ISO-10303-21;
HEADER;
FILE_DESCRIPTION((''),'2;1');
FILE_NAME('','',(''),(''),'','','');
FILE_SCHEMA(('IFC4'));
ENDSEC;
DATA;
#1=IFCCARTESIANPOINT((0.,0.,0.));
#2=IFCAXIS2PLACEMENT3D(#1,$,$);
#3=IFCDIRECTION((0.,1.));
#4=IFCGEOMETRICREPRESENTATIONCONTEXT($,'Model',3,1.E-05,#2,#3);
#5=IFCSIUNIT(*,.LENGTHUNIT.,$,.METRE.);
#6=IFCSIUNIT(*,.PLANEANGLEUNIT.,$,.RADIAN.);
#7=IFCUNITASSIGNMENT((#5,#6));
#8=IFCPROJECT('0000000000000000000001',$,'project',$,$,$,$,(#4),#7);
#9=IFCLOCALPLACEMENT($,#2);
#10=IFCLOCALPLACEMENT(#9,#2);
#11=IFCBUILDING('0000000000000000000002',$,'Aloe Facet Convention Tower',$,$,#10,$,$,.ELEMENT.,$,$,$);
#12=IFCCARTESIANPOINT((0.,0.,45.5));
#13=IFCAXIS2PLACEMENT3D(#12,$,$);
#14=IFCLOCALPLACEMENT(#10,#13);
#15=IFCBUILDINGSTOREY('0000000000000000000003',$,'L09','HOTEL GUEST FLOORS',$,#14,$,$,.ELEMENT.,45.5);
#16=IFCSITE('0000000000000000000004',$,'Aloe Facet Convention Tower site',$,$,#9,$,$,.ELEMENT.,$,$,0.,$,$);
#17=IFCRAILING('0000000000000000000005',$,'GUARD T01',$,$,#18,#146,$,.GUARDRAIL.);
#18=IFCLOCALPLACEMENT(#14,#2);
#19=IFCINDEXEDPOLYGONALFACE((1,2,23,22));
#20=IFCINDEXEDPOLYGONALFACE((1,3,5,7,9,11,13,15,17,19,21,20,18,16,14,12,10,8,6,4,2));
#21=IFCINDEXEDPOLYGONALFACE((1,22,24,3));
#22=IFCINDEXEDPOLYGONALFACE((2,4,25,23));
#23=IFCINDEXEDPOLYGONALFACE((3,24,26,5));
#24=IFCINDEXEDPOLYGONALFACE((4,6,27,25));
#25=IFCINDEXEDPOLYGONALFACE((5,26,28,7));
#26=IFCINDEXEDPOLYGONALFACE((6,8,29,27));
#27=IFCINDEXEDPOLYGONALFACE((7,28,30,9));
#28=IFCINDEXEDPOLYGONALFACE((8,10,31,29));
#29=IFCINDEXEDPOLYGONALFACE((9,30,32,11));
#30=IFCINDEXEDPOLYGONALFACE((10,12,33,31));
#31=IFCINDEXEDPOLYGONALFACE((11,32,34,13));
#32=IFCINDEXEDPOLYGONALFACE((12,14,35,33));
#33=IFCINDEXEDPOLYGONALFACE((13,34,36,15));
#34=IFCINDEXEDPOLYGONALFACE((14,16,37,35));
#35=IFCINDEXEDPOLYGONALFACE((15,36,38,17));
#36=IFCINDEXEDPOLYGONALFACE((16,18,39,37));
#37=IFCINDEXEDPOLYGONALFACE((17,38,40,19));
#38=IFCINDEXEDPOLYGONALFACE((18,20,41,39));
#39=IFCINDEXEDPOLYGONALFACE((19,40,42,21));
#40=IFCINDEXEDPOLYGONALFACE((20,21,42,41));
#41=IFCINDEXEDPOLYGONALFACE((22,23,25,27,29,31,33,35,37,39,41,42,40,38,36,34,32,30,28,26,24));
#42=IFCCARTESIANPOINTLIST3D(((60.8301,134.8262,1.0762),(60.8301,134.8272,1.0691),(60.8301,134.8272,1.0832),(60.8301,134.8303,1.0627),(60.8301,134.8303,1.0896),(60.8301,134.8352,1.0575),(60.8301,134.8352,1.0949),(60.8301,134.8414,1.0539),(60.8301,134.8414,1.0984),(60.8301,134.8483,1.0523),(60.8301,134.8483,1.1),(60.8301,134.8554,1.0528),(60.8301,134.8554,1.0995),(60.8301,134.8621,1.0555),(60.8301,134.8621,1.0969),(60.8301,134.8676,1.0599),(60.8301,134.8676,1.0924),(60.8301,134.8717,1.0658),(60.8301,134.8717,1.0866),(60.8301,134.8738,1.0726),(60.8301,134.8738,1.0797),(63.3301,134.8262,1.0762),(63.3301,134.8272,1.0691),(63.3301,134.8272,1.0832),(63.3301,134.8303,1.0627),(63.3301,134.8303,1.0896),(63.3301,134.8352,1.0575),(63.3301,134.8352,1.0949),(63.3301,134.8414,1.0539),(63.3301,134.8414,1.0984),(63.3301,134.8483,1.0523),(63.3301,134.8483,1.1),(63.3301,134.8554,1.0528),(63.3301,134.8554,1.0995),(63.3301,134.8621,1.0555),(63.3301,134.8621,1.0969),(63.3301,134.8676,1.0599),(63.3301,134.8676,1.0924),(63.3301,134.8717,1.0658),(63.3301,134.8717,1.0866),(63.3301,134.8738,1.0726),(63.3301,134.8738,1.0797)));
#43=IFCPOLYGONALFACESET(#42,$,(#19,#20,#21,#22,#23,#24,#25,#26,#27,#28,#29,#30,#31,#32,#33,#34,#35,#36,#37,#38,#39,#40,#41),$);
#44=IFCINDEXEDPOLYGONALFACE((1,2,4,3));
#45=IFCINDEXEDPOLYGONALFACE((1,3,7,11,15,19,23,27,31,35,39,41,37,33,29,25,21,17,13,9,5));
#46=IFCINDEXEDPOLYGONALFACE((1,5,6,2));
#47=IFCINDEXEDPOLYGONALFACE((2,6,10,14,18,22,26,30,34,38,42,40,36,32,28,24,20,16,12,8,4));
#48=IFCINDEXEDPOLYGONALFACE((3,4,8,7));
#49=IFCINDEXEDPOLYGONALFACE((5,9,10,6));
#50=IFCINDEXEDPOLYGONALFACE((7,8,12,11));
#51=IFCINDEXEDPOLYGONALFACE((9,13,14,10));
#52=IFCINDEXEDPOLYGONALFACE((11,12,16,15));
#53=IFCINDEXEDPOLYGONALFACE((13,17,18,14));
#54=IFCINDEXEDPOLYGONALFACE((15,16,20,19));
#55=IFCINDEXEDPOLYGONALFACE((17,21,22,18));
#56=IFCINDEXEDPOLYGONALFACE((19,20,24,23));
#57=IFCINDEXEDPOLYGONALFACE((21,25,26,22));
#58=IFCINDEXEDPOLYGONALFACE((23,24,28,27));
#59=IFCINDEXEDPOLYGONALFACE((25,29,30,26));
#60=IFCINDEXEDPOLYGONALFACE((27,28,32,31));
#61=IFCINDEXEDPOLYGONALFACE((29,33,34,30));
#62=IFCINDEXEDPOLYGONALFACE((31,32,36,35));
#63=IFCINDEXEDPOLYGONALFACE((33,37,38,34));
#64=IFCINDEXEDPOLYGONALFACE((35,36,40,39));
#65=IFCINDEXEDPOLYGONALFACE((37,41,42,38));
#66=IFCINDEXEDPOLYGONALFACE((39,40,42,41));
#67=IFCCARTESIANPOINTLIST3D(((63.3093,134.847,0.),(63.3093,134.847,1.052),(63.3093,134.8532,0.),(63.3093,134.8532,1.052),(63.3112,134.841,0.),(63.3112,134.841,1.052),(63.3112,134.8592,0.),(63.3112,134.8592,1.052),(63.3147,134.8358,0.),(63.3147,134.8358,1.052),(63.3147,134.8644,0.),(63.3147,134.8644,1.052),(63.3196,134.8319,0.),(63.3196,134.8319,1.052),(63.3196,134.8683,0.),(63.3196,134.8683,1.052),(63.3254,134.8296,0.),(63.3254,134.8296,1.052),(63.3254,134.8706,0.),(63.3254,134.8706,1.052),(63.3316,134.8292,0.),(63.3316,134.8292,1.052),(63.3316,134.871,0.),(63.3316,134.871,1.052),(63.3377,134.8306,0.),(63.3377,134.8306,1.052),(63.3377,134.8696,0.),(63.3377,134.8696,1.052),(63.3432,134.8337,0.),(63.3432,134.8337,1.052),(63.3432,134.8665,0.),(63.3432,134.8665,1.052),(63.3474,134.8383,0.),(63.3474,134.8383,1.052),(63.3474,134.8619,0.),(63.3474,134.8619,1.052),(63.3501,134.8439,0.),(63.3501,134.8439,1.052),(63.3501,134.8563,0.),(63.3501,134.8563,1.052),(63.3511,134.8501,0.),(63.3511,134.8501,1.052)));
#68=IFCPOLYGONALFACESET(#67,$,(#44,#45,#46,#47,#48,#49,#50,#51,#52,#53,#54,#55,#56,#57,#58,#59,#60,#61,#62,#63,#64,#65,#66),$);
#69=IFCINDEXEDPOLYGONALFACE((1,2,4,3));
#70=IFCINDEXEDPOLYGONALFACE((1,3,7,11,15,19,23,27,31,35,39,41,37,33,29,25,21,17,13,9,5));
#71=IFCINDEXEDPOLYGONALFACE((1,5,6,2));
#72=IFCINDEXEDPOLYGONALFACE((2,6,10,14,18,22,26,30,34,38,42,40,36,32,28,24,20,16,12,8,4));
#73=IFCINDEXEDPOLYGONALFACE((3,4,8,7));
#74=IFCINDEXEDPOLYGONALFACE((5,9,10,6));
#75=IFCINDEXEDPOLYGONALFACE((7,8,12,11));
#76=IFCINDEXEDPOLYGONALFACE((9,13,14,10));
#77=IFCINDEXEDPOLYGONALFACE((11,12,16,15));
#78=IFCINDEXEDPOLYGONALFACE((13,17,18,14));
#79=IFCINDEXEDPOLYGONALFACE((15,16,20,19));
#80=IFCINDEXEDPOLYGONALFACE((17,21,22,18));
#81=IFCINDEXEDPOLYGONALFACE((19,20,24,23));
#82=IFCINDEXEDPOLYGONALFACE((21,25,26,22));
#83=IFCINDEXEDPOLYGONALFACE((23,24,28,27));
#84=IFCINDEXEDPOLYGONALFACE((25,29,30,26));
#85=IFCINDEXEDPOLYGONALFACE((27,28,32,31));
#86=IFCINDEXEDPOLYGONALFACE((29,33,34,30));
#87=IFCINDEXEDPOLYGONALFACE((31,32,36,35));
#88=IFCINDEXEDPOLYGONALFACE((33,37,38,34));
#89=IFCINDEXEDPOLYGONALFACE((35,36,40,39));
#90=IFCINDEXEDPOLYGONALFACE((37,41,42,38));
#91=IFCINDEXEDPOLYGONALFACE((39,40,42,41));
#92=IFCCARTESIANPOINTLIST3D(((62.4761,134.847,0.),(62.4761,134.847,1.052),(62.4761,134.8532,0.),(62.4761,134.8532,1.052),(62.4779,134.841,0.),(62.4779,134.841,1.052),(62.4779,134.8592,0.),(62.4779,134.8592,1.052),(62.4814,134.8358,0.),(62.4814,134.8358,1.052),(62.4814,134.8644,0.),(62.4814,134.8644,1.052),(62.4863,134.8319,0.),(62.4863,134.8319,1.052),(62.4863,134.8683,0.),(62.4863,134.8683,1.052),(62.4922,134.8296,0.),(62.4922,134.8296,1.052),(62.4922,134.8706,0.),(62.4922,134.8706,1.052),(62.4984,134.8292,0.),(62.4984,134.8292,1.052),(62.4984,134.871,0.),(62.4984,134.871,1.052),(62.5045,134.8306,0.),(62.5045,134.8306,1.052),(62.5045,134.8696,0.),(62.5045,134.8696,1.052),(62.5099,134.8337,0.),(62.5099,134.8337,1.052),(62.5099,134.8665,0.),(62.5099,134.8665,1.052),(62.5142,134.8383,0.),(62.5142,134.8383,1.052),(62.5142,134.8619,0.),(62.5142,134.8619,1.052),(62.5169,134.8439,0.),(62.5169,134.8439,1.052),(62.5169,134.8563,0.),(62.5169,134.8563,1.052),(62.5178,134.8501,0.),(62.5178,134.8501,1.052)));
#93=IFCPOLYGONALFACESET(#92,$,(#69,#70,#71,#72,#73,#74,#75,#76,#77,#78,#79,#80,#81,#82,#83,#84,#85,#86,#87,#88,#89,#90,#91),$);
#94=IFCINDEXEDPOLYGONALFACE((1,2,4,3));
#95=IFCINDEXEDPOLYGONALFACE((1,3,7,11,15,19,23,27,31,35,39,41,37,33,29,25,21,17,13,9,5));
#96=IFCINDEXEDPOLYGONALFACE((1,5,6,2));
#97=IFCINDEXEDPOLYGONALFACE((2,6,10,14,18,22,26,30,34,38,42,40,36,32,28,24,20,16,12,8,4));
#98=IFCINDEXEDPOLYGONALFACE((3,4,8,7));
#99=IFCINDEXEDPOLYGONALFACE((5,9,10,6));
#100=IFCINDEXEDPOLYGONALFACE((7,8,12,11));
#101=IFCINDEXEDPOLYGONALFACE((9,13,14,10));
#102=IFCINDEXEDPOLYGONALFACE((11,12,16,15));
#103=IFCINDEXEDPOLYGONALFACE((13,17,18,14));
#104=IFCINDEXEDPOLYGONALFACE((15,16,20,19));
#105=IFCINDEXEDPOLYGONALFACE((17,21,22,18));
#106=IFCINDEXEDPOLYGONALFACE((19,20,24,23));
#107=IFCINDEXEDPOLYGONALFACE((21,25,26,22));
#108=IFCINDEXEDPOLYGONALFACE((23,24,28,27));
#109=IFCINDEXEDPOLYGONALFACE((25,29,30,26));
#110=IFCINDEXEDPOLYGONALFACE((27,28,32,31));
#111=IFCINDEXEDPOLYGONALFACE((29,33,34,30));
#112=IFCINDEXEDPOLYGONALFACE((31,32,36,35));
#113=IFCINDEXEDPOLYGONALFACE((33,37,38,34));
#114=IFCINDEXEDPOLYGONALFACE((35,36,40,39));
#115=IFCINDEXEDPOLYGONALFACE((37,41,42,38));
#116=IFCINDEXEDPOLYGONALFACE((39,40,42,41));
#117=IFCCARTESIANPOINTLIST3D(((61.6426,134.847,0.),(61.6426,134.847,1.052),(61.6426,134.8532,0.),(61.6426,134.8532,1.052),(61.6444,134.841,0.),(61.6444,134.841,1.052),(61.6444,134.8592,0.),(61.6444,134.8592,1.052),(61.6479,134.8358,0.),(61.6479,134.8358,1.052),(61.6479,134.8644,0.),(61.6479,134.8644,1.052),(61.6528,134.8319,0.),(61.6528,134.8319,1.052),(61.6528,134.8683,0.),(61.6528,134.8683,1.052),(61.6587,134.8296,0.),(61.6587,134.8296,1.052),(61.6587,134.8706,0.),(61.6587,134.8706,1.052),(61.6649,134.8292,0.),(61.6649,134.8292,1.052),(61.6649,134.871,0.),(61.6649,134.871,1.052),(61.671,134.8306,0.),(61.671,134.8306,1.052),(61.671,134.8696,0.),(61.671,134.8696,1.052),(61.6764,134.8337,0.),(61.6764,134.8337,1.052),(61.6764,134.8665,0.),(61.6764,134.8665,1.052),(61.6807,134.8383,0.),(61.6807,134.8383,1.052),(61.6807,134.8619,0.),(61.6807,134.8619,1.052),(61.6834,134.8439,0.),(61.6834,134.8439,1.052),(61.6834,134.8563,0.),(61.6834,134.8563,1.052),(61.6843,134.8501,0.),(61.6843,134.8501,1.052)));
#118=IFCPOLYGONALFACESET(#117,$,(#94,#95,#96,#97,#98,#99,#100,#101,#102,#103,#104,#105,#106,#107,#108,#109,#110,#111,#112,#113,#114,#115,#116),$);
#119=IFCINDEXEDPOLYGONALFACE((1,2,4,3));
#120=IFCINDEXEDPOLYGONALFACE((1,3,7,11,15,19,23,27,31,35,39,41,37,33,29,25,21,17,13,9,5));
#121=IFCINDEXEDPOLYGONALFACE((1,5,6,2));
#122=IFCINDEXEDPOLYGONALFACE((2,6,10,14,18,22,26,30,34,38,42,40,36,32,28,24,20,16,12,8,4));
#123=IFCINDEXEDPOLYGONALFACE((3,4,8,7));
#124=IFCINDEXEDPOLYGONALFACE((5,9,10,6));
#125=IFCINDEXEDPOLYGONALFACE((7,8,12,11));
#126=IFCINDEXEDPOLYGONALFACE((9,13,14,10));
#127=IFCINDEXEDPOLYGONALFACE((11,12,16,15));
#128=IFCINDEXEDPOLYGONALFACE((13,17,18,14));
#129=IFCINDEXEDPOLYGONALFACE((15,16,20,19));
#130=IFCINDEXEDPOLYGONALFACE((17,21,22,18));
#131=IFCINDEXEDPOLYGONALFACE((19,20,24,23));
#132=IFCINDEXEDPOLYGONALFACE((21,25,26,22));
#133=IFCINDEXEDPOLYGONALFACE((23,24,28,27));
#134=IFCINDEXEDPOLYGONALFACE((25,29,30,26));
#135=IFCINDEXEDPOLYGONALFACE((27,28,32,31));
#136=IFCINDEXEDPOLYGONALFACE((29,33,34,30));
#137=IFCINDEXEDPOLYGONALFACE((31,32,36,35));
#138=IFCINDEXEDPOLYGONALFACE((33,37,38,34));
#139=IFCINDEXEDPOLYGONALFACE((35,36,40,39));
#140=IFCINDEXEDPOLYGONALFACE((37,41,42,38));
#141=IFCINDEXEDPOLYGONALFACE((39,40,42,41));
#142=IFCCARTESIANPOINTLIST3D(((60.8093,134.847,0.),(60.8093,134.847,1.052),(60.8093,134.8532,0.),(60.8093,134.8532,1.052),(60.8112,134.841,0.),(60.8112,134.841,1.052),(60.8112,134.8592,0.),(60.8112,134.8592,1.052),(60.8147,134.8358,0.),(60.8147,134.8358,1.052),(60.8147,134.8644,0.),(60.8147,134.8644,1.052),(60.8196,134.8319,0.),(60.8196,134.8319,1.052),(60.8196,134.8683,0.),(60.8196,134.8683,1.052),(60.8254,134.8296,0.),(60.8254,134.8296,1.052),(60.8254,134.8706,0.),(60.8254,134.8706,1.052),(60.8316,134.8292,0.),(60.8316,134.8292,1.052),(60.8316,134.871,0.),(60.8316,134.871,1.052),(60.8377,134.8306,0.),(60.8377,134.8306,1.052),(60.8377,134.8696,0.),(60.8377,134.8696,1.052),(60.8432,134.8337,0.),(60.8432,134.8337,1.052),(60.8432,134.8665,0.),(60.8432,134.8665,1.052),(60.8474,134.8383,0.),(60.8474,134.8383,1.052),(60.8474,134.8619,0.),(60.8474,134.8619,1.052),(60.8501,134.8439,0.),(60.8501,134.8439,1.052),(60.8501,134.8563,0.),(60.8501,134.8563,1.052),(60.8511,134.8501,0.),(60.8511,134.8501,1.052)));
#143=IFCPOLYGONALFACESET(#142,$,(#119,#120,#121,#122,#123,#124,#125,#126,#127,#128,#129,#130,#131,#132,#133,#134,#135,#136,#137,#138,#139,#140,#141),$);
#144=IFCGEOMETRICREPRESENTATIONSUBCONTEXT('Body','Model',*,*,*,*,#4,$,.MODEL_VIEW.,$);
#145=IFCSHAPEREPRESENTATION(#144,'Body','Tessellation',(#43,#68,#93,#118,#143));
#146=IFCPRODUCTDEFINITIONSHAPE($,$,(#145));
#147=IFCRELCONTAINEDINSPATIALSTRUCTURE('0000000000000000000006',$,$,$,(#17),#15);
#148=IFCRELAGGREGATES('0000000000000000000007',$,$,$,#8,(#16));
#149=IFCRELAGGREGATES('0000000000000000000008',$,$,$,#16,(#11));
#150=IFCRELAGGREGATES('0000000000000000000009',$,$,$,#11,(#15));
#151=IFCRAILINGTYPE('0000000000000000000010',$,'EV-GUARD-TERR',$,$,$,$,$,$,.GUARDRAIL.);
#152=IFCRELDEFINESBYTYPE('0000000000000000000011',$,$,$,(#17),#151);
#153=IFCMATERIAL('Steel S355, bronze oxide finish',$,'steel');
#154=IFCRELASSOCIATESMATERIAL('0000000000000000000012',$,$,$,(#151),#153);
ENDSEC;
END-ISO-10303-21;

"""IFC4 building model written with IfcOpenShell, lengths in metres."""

from ifc_helpers import new_model, si_unit, direction, frame, origin, origin_2d, place, context, subcontext, project, spatial, circle, extrude, material, type_object, element, save


model = new_model("IFC4")

# Units and contexts
model_context = context("Model", 3, precision=1e-05, world=origin(), true_north=direction((0.0, 1.0)))
body_context = subcontext(model_context, "Body", "Model", "MODEL_VIEW")
ifc_project = project(units=[si_unit("LENGTHUNIT", "METRE"), si_unit("PLANEANGLEUNIT", "RADIAN")], contexts=[model_context])

# Site, building, storey
site_placement = place(None, origin())
site = spatial("IfcSite", under=ifc_project, at=site_placement, Name="Aloe Facet Convention Tower site", CompositionType="ELEMENT", RefElevation=0.0)
building_placement = place(site_placement, origin())
building = spatial("IfcBuilding", under=site, at=building_placement, Name="Aloe Facet Convention Tower", CompositionType="ELEMENT")
storey_placement = place(building_placement, frame((0.0, 0.0, 45.5)))
storey = spatial("IfcBuildingStorey", under=building, at=storey_placement, Name="L09", Description="HOTEL GUEST FLOORS", CompositionType="ELEMENT", Elevation=45.5)

# Railing
ifc_material_1 = material(Name="Steel S355, bronze oxide finish", Category="steel")
railing_type = type_object("IfcRailingType", Name="EV-GUARD-TERR", PredefinedType="GUARDRAIL", material=ifc_material_1)
railing_placement = place(storey_placement, frame((63.3301, 134.8501, 0.0)))
element("IfcRailing", 1, at=railing_placement, inside=storey, type_object=railing_type, Name="GUARD T01", PredefinedType="GUARDRAIL", context=body_context, shape_type="SweptSolid", body=[
    extrude(circle(Radius=0.0239, at=origin_2d()), frame((0.0, 0.0, 1.0762), z_axis=(-1.0, 0.0, 0.0), x_axis=(0.0, -1.0, 0.0)), (0.0, 0.0, 1.0), 2.5),
    extrude(circle(Radius=0.021, at=origin_2d()), origin(), (0.0, 0.0, 1.0), 1.052),
    extrude(circle(Radius=0.021, at=origin_2d()), frame((-0.8333, 0.0, 0.0)), (0.0, 0.0, 1.0), 1.052),
    extrude(circle(Radius=0.021, at=origin_2d()), frame((-1.6667, 0.0, 0.0)), (0.0, 0.0, 1.0), 1.052),
    extrude(circle(Radius=0.021, at=origin_2d()), frame((-2.5, 0.0, 0.0)), (0.0, 0.0, 1.0), 1.052),
])

save(model, "model.ifc")
